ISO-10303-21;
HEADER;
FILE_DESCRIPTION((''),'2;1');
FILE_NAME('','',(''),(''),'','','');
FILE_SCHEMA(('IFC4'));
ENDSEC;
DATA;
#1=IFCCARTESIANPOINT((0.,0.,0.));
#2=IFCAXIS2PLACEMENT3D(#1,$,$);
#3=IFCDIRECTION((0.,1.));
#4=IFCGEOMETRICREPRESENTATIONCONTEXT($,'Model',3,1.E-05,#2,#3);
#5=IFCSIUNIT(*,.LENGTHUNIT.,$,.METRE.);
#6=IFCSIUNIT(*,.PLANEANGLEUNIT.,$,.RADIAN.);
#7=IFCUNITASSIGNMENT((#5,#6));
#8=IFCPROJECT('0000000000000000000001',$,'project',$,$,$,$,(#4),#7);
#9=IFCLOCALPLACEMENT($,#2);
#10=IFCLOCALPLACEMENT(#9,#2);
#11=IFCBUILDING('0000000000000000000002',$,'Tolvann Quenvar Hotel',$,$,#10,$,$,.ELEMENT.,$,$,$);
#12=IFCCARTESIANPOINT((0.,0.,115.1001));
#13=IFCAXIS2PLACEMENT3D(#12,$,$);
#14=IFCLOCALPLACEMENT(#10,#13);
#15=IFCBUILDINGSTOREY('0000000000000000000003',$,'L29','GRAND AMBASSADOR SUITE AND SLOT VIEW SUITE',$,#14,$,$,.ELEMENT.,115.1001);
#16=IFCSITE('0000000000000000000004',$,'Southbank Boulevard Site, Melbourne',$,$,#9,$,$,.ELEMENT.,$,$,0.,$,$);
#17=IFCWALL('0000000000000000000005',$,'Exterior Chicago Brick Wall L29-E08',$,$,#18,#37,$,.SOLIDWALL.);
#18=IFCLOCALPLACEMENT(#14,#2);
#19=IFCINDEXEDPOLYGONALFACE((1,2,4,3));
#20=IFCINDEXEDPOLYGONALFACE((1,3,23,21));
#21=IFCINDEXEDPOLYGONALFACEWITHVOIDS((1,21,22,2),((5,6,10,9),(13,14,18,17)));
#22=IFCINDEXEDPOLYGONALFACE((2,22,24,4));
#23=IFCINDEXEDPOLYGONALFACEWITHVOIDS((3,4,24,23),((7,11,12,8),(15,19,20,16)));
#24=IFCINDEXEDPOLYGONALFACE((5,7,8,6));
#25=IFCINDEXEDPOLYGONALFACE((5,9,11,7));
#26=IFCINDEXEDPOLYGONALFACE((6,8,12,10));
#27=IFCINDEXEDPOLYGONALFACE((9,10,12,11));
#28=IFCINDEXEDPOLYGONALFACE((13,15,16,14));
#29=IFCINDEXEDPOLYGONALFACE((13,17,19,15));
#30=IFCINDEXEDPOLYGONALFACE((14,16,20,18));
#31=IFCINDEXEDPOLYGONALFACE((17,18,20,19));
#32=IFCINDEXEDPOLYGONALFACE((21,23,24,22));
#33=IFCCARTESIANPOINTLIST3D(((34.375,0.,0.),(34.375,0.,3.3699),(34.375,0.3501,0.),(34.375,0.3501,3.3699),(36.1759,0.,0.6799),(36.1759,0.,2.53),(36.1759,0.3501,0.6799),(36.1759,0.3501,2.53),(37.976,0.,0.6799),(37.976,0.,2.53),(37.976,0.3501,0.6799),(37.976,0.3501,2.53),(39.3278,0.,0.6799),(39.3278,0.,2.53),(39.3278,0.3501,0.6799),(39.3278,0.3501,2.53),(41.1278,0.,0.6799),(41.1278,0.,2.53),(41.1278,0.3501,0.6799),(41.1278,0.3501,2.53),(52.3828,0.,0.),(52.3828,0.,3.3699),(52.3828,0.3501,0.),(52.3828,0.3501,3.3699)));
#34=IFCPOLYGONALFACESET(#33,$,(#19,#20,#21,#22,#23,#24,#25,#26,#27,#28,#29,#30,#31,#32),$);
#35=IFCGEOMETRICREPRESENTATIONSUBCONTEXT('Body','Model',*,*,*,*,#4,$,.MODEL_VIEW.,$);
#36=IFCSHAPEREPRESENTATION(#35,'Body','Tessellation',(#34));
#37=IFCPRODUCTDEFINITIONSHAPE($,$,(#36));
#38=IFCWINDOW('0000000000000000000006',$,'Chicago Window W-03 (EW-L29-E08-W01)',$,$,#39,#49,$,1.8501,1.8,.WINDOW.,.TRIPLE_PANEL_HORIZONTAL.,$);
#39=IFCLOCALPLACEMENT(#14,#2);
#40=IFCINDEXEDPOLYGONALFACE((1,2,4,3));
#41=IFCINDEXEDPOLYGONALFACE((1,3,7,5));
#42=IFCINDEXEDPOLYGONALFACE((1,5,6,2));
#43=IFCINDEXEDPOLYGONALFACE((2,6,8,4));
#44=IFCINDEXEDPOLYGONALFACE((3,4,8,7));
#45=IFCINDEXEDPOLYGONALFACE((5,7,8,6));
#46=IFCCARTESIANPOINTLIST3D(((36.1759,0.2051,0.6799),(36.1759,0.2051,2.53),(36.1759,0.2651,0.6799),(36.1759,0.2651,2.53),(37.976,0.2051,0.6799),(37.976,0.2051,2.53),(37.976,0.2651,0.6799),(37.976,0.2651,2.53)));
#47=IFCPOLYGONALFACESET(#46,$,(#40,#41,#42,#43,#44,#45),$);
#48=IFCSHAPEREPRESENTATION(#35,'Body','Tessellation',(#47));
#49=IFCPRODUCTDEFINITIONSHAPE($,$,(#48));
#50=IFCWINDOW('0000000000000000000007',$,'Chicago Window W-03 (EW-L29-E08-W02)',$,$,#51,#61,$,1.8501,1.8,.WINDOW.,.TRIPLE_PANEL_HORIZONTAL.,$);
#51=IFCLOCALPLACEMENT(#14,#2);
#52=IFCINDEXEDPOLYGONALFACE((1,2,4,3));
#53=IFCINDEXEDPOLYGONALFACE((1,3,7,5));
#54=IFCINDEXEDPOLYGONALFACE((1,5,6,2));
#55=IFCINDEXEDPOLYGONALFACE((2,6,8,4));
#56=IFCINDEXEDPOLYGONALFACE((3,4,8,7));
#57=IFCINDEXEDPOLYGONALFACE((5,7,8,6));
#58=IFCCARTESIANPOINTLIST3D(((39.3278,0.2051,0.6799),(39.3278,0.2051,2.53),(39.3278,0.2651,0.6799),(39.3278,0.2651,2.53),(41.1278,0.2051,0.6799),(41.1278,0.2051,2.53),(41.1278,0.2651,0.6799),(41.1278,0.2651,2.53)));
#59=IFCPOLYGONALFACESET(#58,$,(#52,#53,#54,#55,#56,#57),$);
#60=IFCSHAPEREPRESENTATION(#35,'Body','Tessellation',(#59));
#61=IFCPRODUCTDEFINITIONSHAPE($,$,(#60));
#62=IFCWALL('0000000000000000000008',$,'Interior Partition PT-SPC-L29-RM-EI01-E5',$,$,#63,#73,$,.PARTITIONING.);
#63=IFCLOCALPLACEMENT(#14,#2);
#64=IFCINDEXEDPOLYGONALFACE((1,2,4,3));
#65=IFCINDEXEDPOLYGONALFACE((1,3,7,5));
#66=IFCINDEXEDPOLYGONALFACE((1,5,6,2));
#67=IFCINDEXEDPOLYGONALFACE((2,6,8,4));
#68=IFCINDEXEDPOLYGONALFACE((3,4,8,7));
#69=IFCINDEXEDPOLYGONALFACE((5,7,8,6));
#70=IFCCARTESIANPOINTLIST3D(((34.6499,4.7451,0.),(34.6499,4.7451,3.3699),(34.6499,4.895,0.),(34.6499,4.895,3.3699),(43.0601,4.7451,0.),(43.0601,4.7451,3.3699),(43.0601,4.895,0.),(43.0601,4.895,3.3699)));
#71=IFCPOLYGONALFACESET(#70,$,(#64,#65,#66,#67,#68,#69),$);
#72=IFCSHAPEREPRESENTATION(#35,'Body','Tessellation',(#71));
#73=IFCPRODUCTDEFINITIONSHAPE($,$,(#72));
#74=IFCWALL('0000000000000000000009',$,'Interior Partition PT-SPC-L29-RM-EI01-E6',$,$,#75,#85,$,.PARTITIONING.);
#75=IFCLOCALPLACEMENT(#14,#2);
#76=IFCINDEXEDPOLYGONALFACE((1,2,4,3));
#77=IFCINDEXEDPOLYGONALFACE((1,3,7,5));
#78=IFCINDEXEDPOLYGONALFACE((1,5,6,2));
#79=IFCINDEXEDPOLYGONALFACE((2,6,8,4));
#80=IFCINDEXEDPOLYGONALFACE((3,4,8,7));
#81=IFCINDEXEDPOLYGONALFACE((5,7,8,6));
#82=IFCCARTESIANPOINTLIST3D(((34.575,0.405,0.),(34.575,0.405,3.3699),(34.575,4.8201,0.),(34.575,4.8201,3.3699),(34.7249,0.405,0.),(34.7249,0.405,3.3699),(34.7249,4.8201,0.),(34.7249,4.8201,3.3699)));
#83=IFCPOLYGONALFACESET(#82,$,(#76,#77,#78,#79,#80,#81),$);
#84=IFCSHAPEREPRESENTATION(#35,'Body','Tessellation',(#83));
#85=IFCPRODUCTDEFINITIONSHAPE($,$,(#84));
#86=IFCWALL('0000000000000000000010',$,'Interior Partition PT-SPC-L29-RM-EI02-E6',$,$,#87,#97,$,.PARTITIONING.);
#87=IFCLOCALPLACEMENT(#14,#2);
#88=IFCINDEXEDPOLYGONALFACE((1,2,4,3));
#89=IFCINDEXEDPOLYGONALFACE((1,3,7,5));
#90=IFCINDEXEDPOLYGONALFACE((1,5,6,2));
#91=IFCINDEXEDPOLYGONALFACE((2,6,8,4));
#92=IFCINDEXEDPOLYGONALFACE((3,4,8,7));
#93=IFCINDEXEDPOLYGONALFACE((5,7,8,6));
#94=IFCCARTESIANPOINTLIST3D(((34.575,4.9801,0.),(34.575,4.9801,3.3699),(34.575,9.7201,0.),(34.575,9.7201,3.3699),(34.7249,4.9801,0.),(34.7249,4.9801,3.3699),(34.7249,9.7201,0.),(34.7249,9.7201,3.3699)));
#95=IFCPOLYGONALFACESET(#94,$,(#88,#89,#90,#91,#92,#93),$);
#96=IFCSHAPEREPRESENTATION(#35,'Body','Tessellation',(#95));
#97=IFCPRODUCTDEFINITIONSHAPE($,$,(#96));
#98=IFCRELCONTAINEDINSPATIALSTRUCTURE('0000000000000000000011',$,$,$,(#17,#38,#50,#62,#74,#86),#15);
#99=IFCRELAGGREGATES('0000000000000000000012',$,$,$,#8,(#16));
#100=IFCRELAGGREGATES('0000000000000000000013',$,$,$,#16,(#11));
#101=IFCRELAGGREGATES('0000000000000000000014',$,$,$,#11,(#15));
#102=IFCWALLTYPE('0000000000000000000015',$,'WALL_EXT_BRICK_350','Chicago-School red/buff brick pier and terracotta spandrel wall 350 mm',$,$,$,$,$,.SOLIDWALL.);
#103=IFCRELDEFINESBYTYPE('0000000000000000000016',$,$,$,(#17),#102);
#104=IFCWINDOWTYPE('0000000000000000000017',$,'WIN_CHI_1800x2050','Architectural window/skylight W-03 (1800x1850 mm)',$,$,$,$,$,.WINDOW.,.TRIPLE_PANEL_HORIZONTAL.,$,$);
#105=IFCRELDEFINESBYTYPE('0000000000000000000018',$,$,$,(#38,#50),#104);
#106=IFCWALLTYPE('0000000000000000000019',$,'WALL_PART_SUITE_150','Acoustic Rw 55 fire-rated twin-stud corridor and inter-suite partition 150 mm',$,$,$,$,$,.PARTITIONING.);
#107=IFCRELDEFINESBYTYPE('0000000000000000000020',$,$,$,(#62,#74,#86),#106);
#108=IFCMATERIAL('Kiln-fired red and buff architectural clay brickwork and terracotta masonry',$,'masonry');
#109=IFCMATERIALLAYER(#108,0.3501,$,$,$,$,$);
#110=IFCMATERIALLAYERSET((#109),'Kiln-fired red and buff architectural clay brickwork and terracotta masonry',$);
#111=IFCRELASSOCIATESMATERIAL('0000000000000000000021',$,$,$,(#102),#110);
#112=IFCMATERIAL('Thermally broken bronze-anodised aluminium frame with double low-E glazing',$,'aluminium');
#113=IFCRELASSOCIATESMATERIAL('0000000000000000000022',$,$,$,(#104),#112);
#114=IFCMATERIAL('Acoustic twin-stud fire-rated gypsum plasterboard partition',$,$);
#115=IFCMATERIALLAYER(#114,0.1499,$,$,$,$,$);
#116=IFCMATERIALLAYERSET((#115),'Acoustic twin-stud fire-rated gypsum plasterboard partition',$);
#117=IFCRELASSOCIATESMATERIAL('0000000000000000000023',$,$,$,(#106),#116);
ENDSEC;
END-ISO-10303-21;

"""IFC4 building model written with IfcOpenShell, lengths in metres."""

from ifc_helpers import new_model, si_unit, direction, frame, frame_2d, origin, place, context, subcontext, project, spatial, rectangle, extrude, source, transform, mapped, material, layer, layer_set, type_object, type_shapes, element, fill, save


model = new_model("IFC4")

# Units and contexts
model_context = context("Model", 3, precision=1e-05, world=origin(), true_north=direction((0.0, 1.0)))
body_context = subcontext(model_context, "Body", "Model", "MODEL_VIEW")
ifc_project = project(units=[si_unit("LENGTHUNIT", "METRE"), si_unit("PLANEANGLEUNIT", "RADIAN")], contexts=[model_context])

# Site, building, storey
site_placement = place(None, origin())
site = spatial("IfcSite", under=ifc_project, at=site_placement, Name="Southbank Boulevard Site, Melbourne", CompositionType="ELEMENT", RefElevation=0.0)
building_placement = place(site_placement, origin())
building = spatial("IfcBuilding", under=site, at=building_placement, Name="Tolvann Quenvar Hotel", CompositionType="ELEMENT")
storey_placement = place(building_placement, frame((0.0, 0.0, 115.1001)))
storey = spatial("IfcBuildingStorey", under=building, at=storey_placement, Name="L29", Description="GRAND AMBASSADOR SUITE AND SLOT VIEW SUITE", CompositionType="ELEMENT", Elevation=115.1001)

# Wall, openings, windows
ifc_material_1 = material(Name="Kiln-fired red and buff architectural clay brickwork and terracotta masonry", Category="masonry")
ifc_layer_1 = layer(ifc_material_1, 0.3501)
ifc_layer_set_1 = layer_set([ifc_layer_1], Name="Kiln-fired red and buff architectural clay brickwork and terracotta masonry")
wall_type_1 = type_object("IfcWallType", Name="WALL_EXT_BRICK_350", Description="Chicago-School red/buff brick pier and terracotta spandrel wall 350 mm", PredefinedType="SOLIDWALL", material=ifc_layer_set_1)
wall_1_placement = place(storey_placement, frame((34.375, 0.175, 0.0), z_axis=(0.0, 0.0, 1.0), x_axis=(1.0, 0.0, 0.0)))
wall_1 = element("IfcWall", 1, at=wall_1_placement, inside=storey, type_object=wall_type_1, Name="Exterior Chicago Brick Wall L29-E08", PredefinedType="SOLIDWALL", context=body_context, shape_type="SweptSolid", body=[
    extrude(rectangle(XDim=18.0078, YDim=0.3501, at=frame_2d((9.0039, 0.0))), origin(), (0.0, 0.0, 1.0), 3.3699),
])
opening_1_placement = place(wall_1_placement, frame((1.801, 0.0, 0.6799)))
opening_1 = element("IfcOpeningElement", 2, at=opening_1_placement, cuts=wall_1, PredefinedType="OPENING", context=body_context, shape_type="SweptSolid", body=[
    extrude(rectangle(XDim=1.8, YDim=1.8501, at=frame_2d((0.8999, 0.925))), frame((0.0, 0.1851, 0.0), z_axis=(0.0, -1.0, 0.0), x_axis=(1.0, 0.0, 0.0)), (0.0, 0.0, 1.0), 0.3701),
])
opening_2_placement = place(wall_1_placement, frame((4.9529, 0.0, 0.6799)))
opening_2 = element("IfcOpeningElement", 3, at=opening_2_placement, cuts=wall_1, PredefinedType="OPENING", context=body_context, shape_type="SweptSolid", body=[
    extrude(rectangle(XDim=1.8, YDim=1.8501, at=frame_2d((0.8999, 0.925))), frame((0.0, 0.1851, 0.0), z_axis=(0.0, -1.0, 0.0), x_axis=(1.0, 0.0, 0.0)), (0.0, 0.0, 1.0), 0.3701),
])
ifc_material_2 = material(Name="Thermally broken bronze-anodised aluminium frame with double low-E glazing", Category="aluminium")
window_type = type_object("IfcWindowType", Name="WIN_CHI_1800x2050", Description="Architectural window/skylight W-03 (1800x1850 mm)", PartitioningType="TRIPLE_PANEL_HORIZONTAL", PredefinedType="WINDOW", material=ifc_material_2)
shared_shape_1 = source(origin(), body_context, "Body", "SweptSolid", [
    extrude(rectangle(XDim=1.8, YDim=1.8501, at=frame_2d((0.8999, 0.925))), frame((0.0, 0.0901, 0.0), z_axis=(0.0, -1.0, 0.0), x_axis=(1.0, 0.0, 0.0)), (0.0, 0.0, 1.0), 0.0601),
])
type_shapes(window_type, [shared_shape_1])
window_1_placement = place(opening_1_placement, origin())
window_1 = element("IfcWindow", 4, at=window_1_placement, inside=storey, type_object=window_type, Name="Chicago Window W-03 (EW-L29-E08-W01)", OverallHeight=1.8501, OverallWidth=1.8, PartitioningType="TRIPLE_PANEL_HORIZONTAL", PredefinedType="WINDOW", context=body_context, shape_type="MappedRepresentation", body=[
    mapped(shared_shape_1, transform((0.0, 0.0, 0.0), x_axis=(1.0, 0.0, 0.0), y_axis=(0.0, 1.0, 0.0), z_axis=(0.0, 0.0, 1.0), scale=1.0)),
])
fill(opening_1, window_1)
window_2_placement = place(opening_2_placement, origin())
window_2 = element("IfcWindow", 5, at=window_2_placement, inside=storey, type_object=window_type, Name="Chicago Window W-03 (EW-L29-E08-W02)", OverallHeight=1.8501, OverallWidth=1.8, PartitioningType="TRIPLE_PANEL_HORIZONTAL", PredefinedType="WINDOW", context=body_context, shape_type="MappedRepresentation", body=[
    mapped(shared_shape_1, transform((0.0, 0.0, 0.0), x_axis=(1.0, 0.0, 0.0), y_axis=(0.0, 1.0, 0.0), z_axis=(0.0, 0.0, 1.0), scale=1.0)),
])
fill(opening_2, window_2)

# Walls
ifc_material_3 = material(Name="Acoustic twin-stud fire-rated gypsum plasterboard partition")
ifc_layer_2 = layer(ifc_material_3, 0.1499)
ifc_layer_set_2 = layer_set([ifc_layer_2], Name="Acoustic twin-stud fire-rated gypsum plasterboard partition")
wall_type_2 = type_object("IfcWallType", Name="WALL_PART_SUITE_150", Description="Acoustic Rw 55 fire-rated twin-stud corridor and inter-suite partition 150 mm", PredefinedType="PARTITIONING", material=ifc_layer_set_2)
wall_2_placement = place(storey_placement, frame((34.6499, 4.8201, 0.0), z_axis=(0.0, 0.0, 1.0), x_axis=(1.0, 0.0, 0.0)))
element("IfcWall", 6, at=wall_2_placement, inside=storey, type_object=wall_type_2, Name="Interior Partition PT-SPC-L29-RM-EI01-E5", PredefinedType="PARTITIONING", context=body_context, shape_type="SweptSolid", body=[
    extrude(rectangle(XDim=8.4102, YDim=0.1499, at=frame_2d((4.2051, 0.0))), origin(), (0.0, 0.0, 1.0), 3.3699),
])
wall_3_placement = place(storey_placement, frame((34.6499, 0.405, 0.0), z_axis=(0.0, 0.0, 1.0), x_axis=(0.0, 1.0, 0.0)))
element("IfcWall", 7, at=wall_3_placement, inside=storey, type_object=wall_type_2, Name="Interior Partition PT-SPC-L29-RM-EI01-E6", PredefinedType="PARTITIONING", context=body_context, shape_type="SweptSolid", body=[
    extrude(rectangle(XDim=4.415, YDim=0.1499, at=frame_2d((2.2075, 0.0))), origin(), (0.0, 0.0, 1.0), 3.3699),
])
wall_4_placement = place(storey_placement, frame((34.6499, 4.98, 0.0), z_axis=(0.0, 0.0, 1.0), x_axis=(0.0, 1.0, 0.0)))
element("IfcWall", 8, at=wall_4_placement, inside=storey, type_object=wall_type_2, Name="Interior Partition PT-SPC-L29-RM-EI02-E6", PredefinedType="PARTITIONING", context=body_context, shape_type="SweptSolid", body=[
    extrude(rectangle(XDim=4.74, YDim=0.1499, at=frame_2d((2.3701, 0.0))), origin(), (0.0, 0.0, 1.0), 3.3699),
])

save(model, "model.ifc")
